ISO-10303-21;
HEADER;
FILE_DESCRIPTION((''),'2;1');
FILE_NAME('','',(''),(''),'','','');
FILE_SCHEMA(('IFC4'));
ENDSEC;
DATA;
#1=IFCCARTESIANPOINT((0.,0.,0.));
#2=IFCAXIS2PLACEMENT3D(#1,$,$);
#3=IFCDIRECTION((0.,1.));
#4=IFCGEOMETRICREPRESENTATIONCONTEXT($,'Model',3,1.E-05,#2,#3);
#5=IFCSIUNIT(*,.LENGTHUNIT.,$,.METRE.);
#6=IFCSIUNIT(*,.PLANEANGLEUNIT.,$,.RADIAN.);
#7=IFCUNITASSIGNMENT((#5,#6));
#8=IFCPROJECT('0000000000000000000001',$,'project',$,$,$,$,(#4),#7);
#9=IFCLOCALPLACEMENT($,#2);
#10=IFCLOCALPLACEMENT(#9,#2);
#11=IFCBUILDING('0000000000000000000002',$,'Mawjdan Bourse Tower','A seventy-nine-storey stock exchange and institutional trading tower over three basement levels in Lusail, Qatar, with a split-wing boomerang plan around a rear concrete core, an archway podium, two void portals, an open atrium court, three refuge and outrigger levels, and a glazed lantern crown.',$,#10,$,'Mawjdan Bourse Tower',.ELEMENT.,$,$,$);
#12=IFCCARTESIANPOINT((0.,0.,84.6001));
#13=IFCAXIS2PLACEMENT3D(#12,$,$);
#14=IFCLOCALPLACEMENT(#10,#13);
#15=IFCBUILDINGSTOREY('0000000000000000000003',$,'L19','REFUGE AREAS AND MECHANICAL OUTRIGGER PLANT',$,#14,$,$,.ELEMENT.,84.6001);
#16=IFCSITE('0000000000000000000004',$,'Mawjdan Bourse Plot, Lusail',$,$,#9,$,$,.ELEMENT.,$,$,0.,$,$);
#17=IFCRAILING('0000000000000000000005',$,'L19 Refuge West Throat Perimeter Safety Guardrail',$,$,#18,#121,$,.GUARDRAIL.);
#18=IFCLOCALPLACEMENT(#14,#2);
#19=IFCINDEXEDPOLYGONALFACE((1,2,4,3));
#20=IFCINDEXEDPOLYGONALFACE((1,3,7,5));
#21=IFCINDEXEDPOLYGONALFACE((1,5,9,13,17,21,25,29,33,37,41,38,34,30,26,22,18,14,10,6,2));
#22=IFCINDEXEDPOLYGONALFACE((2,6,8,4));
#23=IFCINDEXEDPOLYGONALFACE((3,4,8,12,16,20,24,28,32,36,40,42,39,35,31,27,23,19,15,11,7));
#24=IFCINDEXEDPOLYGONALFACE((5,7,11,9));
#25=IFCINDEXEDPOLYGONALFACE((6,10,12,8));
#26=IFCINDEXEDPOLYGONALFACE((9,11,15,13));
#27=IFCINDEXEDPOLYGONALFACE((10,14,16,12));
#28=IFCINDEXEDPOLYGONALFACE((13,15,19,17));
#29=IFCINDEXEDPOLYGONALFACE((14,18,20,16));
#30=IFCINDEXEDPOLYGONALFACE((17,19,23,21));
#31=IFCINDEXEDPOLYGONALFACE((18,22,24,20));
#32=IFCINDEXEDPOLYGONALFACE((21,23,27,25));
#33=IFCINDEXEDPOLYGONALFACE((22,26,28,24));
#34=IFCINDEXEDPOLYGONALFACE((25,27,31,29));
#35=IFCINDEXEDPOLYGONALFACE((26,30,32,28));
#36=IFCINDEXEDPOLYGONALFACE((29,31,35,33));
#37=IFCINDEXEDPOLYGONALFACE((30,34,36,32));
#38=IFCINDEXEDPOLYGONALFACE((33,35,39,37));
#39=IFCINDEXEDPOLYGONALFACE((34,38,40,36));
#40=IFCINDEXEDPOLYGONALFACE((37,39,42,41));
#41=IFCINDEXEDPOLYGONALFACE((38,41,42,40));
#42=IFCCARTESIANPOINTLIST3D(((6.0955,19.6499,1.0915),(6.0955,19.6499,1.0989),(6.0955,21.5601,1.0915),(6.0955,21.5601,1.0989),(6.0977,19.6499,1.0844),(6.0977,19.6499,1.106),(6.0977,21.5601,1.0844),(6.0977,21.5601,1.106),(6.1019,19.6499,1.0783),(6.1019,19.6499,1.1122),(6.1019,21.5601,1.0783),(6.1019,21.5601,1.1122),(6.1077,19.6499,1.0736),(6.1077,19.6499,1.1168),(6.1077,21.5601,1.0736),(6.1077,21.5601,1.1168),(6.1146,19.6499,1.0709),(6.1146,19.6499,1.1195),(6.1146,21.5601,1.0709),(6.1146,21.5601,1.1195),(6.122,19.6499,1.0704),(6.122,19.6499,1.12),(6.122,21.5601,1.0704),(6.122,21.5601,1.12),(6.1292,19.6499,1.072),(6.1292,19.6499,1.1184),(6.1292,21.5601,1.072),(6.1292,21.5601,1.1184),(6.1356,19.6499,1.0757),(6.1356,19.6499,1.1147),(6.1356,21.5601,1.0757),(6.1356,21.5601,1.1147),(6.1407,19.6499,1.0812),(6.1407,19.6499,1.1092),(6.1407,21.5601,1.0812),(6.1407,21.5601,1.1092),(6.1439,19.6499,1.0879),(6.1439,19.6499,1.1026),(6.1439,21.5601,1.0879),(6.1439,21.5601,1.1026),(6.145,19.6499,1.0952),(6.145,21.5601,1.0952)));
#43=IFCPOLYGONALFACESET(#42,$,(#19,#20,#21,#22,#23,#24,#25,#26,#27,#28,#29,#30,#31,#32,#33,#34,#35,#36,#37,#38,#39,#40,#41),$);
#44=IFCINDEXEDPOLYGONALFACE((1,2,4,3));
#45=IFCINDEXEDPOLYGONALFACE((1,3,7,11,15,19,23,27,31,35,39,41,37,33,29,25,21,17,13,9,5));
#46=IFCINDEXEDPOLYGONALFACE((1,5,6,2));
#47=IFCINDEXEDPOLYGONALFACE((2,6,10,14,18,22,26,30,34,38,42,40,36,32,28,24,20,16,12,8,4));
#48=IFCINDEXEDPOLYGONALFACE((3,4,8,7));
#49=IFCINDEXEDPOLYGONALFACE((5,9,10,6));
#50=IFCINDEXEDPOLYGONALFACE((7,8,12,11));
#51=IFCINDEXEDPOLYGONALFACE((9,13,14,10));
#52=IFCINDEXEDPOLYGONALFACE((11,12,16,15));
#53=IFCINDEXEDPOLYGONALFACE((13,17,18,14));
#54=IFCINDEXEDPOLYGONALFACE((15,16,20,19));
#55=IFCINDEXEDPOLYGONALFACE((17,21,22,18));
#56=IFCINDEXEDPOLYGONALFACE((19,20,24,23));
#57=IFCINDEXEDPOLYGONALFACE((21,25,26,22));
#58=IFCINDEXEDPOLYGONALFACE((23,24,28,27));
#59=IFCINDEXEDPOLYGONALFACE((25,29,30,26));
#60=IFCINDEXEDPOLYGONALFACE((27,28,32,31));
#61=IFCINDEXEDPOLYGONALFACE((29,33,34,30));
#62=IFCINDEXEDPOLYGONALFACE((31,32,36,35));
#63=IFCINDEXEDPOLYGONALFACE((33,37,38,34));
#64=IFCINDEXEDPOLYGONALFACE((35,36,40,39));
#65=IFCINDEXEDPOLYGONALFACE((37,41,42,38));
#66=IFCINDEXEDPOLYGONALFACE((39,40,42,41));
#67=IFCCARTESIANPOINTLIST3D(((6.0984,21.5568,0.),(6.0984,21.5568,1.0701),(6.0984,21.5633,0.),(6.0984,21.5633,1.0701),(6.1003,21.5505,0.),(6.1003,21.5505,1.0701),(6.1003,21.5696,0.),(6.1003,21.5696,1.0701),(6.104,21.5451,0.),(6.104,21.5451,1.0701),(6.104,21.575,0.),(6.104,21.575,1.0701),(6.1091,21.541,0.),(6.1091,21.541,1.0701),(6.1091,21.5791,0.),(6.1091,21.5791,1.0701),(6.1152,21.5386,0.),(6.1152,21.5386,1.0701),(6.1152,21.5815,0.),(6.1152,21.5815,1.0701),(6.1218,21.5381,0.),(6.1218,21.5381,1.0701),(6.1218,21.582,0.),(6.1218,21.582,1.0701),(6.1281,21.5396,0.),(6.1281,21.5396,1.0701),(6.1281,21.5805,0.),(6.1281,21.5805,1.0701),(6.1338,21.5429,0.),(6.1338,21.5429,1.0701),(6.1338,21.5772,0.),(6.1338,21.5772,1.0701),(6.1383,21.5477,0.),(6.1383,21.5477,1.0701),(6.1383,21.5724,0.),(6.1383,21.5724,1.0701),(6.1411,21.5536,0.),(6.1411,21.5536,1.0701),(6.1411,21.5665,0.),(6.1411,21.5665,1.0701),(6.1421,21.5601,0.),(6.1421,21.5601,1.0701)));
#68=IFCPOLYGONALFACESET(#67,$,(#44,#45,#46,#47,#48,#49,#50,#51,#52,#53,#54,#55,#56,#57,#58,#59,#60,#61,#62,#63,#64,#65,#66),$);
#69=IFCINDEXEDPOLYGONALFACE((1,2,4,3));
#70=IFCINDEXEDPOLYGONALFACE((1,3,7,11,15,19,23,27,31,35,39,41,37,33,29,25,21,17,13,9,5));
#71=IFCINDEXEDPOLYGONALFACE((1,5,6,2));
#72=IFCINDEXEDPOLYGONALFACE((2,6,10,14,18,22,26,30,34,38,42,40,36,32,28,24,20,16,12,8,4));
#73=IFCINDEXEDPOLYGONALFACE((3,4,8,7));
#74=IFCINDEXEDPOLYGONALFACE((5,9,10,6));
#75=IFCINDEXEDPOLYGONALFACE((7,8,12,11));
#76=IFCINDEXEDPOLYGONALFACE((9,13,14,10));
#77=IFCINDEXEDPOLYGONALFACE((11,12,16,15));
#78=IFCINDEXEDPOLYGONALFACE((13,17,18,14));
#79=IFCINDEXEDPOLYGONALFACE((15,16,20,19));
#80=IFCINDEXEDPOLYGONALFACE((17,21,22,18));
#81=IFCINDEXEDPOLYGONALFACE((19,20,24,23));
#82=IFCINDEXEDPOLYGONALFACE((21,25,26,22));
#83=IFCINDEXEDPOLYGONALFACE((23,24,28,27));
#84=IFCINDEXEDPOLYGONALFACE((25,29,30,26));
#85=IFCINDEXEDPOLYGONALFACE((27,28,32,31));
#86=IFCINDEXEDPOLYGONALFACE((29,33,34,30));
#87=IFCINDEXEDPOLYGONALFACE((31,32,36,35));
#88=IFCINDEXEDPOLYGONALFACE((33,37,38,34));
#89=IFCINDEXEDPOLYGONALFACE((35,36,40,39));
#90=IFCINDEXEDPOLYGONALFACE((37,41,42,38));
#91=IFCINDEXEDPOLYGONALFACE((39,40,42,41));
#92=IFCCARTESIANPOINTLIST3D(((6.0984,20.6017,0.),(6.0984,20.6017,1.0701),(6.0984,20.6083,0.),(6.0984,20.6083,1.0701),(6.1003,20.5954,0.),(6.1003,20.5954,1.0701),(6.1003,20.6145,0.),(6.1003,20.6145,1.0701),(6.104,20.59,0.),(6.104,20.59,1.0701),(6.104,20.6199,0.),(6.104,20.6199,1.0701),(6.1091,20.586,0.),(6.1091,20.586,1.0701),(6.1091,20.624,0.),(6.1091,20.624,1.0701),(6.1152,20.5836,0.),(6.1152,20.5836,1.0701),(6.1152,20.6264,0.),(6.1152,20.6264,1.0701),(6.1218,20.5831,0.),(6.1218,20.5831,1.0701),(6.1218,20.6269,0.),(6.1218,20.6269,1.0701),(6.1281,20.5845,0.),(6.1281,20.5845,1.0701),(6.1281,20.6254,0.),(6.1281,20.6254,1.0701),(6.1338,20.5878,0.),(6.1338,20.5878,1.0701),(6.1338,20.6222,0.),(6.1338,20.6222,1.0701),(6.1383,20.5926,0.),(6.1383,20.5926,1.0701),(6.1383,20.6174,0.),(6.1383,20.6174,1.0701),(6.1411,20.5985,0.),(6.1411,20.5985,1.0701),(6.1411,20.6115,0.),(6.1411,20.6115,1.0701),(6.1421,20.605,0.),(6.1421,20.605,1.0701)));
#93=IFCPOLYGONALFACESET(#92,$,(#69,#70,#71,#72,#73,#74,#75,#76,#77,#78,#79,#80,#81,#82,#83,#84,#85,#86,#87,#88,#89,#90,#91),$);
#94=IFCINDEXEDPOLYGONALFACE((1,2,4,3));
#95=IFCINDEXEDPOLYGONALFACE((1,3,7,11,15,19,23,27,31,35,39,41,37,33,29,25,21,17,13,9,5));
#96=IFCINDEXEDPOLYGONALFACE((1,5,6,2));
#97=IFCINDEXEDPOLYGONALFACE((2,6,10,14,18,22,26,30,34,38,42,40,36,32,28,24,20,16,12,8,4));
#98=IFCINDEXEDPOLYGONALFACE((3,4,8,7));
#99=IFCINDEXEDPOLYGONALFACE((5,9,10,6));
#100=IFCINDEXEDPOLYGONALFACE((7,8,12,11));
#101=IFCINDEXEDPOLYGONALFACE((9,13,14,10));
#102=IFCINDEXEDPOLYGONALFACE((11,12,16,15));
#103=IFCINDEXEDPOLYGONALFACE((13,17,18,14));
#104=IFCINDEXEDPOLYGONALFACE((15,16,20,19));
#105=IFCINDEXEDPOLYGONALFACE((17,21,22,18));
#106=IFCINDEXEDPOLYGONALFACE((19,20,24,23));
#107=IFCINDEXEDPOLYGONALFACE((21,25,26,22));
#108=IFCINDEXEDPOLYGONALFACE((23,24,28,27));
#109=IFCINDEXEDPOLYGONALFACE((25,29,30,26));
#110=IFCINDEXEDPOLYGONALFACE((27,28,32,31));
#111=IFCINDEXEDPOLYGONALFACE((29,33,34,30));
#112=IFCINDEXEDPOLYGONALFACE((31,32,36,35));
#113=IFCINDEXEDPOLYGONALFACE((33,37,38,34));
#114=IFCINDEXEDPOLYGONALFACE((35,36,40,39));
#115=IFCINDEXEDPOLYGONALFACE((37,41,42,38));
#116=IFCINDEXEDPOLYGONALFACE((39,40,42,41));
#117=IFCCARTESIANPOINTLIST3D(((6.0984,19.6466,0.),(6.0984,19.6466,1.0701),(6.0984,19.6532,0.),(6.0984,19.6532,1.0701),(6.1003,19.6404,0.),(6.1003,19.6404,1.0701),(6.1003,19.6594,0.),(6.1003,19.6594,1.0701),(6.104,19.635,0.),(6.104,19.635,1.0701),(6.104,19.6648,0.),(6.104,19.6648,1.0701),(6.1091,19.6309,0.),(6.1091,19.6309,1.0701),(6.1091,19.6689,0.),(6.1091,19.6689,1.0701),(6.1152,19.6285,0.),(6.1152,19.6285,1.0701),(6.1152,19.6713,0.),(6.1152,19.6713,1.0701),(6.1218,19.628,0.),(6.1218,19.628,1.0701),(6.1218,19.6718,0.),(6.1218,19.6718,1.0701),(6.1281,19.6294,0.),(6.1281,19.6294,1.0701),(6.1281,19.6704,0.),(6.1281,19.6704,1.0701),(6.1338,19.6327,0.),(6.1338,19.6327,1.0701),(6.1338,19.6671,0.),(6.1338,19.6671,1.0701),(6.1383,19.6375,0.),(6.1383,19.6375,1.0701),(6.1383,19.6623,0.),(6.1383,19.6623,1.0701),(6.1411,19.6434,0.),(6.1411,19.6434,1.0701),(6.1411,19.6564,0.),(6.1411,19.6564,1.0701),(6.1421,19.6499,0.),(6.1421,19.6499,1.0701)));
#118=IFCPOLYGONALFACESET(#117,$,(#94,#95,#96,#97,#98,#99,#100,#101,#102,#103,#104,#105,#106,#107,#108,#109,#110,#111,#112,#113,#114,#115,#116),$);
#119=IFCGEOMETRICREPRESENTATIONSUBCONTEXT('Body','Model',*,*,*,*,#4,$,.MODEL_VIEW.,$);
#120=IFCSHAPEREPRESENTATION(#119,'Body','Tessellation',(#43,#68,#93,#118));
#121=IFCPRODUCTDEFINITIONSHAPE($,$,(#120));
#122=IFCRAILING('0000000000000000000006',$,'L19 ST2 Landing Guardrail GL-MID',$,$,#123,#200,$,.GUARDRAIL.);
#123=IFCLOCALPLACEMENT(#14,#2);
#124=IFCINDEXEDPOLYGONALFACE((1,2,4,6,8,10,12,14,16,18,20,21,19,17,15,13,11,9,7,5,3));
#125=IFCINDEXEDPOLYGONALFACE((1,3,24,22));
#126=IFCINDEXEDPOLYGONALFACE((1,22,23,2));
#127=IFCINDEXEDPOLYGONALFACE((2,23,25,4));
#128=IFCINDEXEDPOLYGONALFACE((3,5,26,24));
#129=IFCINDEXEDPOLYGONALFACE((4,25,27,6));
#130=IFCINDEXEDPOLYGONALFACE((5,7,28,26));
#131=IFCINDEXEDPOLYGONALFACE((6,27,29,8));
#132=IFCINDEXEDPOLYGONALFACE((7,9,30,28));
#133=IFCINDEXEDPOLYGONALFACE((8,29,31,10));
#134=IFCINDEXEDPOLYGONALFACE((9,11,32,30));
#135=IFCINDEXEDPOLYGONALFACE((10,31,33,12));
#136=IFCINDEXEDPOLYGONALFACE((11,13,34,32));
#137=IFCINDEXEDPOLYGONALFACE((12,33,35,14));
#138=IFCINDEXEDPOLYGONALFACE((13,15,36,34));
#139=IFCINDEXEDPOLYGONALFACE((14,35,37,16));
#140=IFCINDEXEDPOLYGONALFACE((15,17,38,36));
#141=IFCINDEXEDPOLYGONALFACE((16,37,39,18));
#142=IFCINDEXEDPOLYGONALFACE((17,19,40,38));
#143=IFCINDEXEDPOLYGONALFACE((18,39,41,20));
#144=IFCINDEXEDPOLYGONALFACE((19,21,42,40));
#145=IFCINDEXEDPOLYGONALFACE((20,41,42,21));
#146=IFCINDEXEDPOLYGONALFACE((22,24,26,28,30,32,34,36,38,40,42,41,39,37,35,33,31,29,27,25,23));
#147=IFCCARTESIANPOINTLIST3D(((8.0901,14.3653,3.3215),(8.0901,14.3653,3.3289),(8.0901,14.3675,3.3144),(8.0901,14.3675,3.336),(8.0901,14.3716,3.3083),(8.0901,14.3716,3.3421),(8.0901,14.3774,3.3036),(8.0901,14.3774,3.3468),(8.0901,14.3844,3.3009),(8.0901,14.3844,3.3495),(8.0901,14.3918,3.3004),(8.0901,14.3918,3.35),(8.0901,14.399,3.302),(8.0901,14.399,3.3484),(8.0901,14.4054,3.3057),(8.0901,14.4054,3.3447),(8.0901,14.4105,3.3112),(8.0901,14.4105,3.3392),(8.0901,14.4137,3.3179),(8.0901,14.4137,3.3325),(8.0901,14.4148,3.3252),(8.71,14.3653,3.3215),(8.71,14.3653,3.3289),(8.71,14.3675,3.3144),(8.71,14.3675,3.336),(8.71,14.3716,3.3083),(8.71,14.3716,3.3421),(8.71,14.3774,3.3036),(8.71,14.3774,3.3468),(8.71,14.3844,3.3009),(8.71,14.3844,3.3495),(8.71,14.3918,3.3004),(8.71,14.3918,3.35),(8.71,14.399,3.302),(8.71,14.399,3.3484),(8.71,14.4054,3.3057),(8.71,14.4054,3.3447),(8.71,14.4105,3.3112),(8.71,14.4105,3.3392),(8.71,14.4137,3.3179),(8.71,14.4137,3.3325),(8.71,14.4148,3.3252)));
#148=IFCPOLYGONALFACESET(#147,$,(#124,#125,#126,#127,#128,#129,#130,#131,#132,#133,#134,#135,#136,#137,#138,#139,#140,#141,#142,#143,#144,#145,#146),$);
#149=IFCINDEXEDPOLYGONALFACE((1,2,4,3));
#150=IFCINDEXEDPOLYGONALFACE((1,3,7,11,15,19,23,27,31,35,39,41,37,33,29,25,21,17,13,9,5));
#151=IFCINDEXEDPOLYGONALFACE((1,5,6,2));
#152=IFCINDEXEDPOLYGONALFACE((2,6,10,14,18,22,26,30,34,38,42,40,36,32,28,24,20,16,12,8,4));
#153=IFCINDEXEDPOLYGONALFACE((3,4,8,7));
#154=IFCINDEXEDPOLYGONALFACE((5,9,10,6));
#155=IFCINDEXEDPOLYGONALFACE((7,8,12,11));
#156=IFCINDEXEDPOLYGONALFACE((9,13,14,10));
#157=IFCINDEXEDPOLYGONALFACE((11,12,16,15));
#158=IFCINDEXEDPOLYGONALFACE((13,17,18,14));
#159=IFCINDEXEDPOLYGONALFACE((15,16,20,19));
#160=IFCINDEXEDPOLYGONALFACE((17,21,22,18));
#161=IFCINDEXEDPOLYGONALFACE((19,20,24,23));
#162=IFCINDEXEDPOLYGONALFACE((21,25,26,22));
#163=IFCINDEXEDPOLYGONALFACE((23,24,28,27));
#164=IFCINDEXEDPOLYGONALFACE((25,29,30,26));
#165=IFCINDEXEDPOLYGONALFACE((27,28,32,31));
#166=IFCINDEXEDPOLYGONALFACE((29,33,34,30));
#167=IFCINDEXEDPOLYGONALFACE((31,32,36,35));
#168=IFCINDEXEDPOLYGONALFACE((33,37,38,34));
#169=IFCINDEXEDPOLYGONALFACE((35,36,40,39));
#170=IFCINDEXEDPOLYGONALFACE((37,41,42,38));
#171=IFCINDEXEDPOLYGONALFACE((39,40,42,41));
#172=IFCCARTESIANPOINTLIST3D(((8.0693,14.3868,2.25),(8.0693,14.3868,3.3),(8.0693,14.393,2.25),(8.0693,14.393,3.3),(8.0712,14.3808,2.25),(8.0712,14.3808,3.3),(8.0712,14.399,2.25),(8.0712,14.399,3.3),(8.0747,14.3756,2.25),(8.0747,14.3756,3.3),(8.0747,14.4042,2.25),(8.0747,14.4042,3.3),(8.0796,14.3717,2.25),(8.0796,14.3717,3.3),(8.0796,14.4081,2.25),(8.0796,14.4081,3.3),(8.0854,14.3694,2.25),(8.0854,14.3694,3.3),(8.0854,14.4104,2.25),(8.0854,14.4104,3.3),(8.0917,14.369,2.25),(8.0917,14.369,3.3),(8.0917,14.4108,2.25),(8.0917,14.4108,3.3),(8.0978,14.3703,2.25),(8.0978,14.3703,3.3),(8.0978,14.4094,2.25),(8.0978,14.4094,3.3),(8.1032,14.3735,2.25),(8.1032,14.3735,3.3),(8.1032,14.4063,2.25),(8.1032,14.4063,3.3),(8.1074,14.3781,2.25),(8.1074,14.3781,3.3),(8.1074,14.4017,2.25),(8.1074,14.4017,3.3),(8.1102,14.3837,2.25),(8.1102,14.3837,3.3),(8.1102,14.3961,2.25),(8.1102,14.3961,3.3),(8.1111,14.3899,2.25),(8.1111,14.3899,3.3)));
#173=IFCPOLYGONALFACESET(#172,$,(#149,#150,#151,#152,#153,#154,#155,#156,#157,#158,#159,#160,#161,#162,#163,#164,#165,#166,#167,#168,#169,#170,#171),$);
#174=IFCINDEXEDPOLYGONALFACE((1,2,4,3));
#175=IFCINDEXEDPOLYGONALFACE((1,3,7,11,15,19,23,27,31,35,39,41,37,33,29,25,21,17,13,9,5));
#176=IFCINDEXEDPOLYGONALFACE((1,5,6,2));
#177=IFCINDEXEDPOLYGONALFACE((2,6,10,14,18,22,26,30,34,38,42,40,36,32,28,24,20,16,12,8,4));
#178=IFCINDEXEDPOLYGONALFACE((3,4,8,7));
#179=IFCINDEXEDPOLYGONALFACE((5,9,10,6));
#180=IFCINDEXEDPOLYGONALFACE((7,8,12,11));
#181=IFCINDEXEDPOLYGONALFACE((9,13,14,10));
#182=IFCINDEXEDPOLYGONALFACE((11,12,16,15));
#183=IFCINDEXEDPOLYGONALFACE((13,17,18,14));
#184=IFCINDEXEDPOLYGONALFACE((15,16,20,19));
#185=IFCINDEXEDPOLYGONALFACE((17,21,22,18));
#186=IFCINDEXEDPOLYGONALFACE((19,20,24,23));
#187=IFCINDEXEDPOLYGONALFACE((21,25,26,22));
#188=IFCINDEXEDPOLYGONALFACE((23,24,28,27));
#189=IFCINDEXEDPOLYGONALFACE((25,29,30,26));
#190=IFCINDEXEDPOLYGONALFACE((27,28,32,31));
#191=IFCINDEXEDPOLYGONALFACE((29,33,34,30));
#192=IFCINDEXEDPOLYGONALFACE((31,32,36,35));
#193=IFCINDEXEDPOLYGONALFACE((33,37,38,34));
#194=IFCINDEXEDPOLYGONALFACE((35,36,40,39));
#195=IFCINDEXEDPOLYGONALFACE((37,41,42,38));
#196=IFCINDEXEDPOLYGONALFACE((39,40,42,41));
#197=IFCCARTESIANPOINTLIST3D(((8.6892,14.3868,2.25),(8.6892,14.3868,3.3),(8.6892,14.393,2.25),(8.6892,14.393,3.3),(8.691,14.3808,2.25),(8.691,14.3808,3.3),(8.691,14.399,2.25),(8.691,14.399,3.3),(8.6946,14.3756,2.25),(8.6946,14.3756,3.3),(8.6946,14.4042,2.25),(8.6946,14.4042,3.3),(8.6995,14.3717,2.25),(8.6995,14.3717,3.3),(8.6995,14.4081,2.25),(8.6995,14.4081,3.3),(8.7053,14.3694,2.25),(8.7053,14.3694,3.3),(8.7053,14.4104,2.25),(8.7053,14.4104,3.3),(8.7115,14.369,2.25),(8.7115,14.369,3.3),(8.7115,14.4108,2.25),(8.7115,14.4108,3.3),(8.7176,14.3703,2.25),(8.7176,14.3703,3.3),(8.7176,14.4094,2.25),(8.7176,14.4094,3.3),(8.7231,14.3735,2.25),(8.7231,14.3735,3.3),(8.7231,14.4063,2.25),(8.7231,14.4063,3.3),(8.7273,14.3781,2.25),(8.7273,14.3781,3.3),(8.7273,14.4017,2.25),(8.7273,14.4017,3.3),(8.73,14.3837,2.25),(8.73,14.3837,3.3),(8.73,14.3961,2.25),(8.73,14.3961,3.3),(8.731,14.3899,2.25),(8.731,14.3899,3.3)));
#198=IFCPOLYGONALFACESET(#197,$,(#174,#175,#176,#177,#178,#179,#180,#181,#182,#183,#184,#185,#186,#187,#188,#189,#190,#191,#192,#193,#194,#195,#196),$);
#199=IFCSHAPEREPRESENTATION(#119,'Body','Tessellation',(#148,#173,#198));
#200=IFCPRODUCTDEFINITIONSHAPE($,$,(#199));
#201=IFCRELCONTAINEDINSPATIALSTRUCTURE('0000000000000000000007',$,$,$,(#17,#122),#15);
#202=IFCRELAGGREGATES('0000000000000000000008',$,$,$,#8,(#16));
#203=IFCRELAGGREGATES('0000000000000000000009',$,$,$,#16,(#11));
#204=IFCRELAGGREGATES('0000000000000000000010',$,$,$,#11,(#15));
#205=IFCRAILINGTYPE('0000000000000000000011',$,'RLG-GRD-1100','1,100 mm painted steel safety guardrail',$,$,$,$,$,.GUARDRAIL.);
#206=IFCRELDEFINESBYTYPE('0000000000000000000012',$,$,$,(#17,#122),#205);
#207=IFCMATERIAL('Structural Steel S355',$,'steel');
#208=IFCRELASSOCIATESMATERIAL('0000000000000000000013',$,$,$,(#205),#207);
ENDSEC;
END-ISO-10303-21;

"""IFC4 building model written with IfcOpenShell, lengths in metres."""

from ifc_helpers import new_model, si_unit, direction, frame, origin, origin_2d, place, context, subcontext, project, spatial, circle, extrude, material, type_object, element, save


model = new_model("IFC4")

# Units and contexts
model_context = context("Model", 3, precision=1e-05, world=origin(), true_north=direction((0.0, 1.0)))
body_context = subcontext(model_context, "Body", "Model", "MODEL_VIEW")
ifc_project = project(units=[si_unit("LENGTHUNIT", "METRE"), si_unit("PLANEANGLEUNIT", "RADIAN")], contexts=[model_context])

# Site, building, storey
site_placement = place(None, origin())
site = spatial("IfcSite", under=ifc_project, at=site_placement, Name="Mawjdan Bourse Plot, Lusail", CompositionType="ELEMENT", RefElevation=0.0)
building_placement = place(site_placement, origin())
building = spatial("IfcBuilding", under=site, at=building_placement, Name="Mawjdan Bourse Tower", Description="A seventy-nine-storey stock exchange and institutional trading tower over three basement levels in Lusail, Qatar, with a split-wing boomerang plan around a rear concrete core, an archway podium, two void portals, an open atrium court, three refuge and outrigger levels, and a glazed lantern crown.", LongName="Mawjdan Bourse Tower", CompositionType="ELEMENT")
storey_placement = place(building_placement, frame((0.0, 0.0, 84.6001)))
storey = spatial("IfcBuildingStorey", under=building, at=storey_placement, Name="L19", Description="REFUGE AREAS AND MECHANICAL OUTRIGGER PLANT", CompositionType="ELEMENT", Elevation=84.6001)

# Shared definitions
ifc_material_1 = material(Name="Structural Steel S355", Category="steel")

# Railings
railing_type_1 = type_object("IfcRailingType", Name="RLG-GRD-1100", Description="1,100 mm painted steel safety guardrail", PredefinedType="GUARDRAIL", material=ifc_material_1)
railing_1_placement = place(storey_placement, frame((6.1201, 21.5601, 0.0)))
element("IfcRailing", 1, at=railing_1_placement, inside=storey, type_object=railing_type_1, Name="L19 Refuge West Throat Perimeter Safety Guardrail", PredefinedType="GUARDRAIL", context=body_context, shape_type="SweptSolid", body=[
    extrude(circle(Radius=0.0249, at=origin_2d()), frame((0.0, 0.0, 1.0952), z_axis=(0.0, -1.0, 0.0), x_axis=(1.0, 0.0, 0.0)), (0.0, 0.0, 1.0), 1.9102),
    extrude(circle(Radius=0.022, at=origin_2d()), origin(), (0.0, 0.0, 1.0), 1.0701),
    extrude(circle(Radius=0.022, at=origin_2d()), frame((0.0, -0.9551, 0.0)), (0.0, 0.0, 1.0), 1.0701),
    extrude(circle(Radius=0.022, at=origin_2d()), frame((0.0, -1.9102, 0.0)), (0.0, 0.0, 1.0), 1.0701),
])
for number, where, name in (
    (2, (8.0901, 14.3899, 2.25), "L19 ST2 Landing Guardrail GL-MID"),
):
    element("IfcRailing", number, at=place(storey_placement, frame(where)), inside=storey, type_object=railing_type_1, Name=name, PredefinedType="GUARDRAIL", context=body_context, shape_type="SweptSolid", body=[
        extrude(circle(Radius=0.0249, at=origin_2d()), frame((0.0, 0.0, 1.0752), z_axis=(1.0, 0.0, 0.0), x_axis=(0.0, 1.0, 0.0)), (0.0, 0.0, 1.0), 0.6199),
        extrude(circle(Radius=0.021, at=origin_2d()), origin(), (0.0, 0.0, 1.0), 1.05),
        extrude(circle(Radius=0.021, at=origin_2d()), frame((0.6199, 0.0, 0.0)), (0.0, 0.0, 1.0), 1.05),
    ])

save(model, "model.ifc")
